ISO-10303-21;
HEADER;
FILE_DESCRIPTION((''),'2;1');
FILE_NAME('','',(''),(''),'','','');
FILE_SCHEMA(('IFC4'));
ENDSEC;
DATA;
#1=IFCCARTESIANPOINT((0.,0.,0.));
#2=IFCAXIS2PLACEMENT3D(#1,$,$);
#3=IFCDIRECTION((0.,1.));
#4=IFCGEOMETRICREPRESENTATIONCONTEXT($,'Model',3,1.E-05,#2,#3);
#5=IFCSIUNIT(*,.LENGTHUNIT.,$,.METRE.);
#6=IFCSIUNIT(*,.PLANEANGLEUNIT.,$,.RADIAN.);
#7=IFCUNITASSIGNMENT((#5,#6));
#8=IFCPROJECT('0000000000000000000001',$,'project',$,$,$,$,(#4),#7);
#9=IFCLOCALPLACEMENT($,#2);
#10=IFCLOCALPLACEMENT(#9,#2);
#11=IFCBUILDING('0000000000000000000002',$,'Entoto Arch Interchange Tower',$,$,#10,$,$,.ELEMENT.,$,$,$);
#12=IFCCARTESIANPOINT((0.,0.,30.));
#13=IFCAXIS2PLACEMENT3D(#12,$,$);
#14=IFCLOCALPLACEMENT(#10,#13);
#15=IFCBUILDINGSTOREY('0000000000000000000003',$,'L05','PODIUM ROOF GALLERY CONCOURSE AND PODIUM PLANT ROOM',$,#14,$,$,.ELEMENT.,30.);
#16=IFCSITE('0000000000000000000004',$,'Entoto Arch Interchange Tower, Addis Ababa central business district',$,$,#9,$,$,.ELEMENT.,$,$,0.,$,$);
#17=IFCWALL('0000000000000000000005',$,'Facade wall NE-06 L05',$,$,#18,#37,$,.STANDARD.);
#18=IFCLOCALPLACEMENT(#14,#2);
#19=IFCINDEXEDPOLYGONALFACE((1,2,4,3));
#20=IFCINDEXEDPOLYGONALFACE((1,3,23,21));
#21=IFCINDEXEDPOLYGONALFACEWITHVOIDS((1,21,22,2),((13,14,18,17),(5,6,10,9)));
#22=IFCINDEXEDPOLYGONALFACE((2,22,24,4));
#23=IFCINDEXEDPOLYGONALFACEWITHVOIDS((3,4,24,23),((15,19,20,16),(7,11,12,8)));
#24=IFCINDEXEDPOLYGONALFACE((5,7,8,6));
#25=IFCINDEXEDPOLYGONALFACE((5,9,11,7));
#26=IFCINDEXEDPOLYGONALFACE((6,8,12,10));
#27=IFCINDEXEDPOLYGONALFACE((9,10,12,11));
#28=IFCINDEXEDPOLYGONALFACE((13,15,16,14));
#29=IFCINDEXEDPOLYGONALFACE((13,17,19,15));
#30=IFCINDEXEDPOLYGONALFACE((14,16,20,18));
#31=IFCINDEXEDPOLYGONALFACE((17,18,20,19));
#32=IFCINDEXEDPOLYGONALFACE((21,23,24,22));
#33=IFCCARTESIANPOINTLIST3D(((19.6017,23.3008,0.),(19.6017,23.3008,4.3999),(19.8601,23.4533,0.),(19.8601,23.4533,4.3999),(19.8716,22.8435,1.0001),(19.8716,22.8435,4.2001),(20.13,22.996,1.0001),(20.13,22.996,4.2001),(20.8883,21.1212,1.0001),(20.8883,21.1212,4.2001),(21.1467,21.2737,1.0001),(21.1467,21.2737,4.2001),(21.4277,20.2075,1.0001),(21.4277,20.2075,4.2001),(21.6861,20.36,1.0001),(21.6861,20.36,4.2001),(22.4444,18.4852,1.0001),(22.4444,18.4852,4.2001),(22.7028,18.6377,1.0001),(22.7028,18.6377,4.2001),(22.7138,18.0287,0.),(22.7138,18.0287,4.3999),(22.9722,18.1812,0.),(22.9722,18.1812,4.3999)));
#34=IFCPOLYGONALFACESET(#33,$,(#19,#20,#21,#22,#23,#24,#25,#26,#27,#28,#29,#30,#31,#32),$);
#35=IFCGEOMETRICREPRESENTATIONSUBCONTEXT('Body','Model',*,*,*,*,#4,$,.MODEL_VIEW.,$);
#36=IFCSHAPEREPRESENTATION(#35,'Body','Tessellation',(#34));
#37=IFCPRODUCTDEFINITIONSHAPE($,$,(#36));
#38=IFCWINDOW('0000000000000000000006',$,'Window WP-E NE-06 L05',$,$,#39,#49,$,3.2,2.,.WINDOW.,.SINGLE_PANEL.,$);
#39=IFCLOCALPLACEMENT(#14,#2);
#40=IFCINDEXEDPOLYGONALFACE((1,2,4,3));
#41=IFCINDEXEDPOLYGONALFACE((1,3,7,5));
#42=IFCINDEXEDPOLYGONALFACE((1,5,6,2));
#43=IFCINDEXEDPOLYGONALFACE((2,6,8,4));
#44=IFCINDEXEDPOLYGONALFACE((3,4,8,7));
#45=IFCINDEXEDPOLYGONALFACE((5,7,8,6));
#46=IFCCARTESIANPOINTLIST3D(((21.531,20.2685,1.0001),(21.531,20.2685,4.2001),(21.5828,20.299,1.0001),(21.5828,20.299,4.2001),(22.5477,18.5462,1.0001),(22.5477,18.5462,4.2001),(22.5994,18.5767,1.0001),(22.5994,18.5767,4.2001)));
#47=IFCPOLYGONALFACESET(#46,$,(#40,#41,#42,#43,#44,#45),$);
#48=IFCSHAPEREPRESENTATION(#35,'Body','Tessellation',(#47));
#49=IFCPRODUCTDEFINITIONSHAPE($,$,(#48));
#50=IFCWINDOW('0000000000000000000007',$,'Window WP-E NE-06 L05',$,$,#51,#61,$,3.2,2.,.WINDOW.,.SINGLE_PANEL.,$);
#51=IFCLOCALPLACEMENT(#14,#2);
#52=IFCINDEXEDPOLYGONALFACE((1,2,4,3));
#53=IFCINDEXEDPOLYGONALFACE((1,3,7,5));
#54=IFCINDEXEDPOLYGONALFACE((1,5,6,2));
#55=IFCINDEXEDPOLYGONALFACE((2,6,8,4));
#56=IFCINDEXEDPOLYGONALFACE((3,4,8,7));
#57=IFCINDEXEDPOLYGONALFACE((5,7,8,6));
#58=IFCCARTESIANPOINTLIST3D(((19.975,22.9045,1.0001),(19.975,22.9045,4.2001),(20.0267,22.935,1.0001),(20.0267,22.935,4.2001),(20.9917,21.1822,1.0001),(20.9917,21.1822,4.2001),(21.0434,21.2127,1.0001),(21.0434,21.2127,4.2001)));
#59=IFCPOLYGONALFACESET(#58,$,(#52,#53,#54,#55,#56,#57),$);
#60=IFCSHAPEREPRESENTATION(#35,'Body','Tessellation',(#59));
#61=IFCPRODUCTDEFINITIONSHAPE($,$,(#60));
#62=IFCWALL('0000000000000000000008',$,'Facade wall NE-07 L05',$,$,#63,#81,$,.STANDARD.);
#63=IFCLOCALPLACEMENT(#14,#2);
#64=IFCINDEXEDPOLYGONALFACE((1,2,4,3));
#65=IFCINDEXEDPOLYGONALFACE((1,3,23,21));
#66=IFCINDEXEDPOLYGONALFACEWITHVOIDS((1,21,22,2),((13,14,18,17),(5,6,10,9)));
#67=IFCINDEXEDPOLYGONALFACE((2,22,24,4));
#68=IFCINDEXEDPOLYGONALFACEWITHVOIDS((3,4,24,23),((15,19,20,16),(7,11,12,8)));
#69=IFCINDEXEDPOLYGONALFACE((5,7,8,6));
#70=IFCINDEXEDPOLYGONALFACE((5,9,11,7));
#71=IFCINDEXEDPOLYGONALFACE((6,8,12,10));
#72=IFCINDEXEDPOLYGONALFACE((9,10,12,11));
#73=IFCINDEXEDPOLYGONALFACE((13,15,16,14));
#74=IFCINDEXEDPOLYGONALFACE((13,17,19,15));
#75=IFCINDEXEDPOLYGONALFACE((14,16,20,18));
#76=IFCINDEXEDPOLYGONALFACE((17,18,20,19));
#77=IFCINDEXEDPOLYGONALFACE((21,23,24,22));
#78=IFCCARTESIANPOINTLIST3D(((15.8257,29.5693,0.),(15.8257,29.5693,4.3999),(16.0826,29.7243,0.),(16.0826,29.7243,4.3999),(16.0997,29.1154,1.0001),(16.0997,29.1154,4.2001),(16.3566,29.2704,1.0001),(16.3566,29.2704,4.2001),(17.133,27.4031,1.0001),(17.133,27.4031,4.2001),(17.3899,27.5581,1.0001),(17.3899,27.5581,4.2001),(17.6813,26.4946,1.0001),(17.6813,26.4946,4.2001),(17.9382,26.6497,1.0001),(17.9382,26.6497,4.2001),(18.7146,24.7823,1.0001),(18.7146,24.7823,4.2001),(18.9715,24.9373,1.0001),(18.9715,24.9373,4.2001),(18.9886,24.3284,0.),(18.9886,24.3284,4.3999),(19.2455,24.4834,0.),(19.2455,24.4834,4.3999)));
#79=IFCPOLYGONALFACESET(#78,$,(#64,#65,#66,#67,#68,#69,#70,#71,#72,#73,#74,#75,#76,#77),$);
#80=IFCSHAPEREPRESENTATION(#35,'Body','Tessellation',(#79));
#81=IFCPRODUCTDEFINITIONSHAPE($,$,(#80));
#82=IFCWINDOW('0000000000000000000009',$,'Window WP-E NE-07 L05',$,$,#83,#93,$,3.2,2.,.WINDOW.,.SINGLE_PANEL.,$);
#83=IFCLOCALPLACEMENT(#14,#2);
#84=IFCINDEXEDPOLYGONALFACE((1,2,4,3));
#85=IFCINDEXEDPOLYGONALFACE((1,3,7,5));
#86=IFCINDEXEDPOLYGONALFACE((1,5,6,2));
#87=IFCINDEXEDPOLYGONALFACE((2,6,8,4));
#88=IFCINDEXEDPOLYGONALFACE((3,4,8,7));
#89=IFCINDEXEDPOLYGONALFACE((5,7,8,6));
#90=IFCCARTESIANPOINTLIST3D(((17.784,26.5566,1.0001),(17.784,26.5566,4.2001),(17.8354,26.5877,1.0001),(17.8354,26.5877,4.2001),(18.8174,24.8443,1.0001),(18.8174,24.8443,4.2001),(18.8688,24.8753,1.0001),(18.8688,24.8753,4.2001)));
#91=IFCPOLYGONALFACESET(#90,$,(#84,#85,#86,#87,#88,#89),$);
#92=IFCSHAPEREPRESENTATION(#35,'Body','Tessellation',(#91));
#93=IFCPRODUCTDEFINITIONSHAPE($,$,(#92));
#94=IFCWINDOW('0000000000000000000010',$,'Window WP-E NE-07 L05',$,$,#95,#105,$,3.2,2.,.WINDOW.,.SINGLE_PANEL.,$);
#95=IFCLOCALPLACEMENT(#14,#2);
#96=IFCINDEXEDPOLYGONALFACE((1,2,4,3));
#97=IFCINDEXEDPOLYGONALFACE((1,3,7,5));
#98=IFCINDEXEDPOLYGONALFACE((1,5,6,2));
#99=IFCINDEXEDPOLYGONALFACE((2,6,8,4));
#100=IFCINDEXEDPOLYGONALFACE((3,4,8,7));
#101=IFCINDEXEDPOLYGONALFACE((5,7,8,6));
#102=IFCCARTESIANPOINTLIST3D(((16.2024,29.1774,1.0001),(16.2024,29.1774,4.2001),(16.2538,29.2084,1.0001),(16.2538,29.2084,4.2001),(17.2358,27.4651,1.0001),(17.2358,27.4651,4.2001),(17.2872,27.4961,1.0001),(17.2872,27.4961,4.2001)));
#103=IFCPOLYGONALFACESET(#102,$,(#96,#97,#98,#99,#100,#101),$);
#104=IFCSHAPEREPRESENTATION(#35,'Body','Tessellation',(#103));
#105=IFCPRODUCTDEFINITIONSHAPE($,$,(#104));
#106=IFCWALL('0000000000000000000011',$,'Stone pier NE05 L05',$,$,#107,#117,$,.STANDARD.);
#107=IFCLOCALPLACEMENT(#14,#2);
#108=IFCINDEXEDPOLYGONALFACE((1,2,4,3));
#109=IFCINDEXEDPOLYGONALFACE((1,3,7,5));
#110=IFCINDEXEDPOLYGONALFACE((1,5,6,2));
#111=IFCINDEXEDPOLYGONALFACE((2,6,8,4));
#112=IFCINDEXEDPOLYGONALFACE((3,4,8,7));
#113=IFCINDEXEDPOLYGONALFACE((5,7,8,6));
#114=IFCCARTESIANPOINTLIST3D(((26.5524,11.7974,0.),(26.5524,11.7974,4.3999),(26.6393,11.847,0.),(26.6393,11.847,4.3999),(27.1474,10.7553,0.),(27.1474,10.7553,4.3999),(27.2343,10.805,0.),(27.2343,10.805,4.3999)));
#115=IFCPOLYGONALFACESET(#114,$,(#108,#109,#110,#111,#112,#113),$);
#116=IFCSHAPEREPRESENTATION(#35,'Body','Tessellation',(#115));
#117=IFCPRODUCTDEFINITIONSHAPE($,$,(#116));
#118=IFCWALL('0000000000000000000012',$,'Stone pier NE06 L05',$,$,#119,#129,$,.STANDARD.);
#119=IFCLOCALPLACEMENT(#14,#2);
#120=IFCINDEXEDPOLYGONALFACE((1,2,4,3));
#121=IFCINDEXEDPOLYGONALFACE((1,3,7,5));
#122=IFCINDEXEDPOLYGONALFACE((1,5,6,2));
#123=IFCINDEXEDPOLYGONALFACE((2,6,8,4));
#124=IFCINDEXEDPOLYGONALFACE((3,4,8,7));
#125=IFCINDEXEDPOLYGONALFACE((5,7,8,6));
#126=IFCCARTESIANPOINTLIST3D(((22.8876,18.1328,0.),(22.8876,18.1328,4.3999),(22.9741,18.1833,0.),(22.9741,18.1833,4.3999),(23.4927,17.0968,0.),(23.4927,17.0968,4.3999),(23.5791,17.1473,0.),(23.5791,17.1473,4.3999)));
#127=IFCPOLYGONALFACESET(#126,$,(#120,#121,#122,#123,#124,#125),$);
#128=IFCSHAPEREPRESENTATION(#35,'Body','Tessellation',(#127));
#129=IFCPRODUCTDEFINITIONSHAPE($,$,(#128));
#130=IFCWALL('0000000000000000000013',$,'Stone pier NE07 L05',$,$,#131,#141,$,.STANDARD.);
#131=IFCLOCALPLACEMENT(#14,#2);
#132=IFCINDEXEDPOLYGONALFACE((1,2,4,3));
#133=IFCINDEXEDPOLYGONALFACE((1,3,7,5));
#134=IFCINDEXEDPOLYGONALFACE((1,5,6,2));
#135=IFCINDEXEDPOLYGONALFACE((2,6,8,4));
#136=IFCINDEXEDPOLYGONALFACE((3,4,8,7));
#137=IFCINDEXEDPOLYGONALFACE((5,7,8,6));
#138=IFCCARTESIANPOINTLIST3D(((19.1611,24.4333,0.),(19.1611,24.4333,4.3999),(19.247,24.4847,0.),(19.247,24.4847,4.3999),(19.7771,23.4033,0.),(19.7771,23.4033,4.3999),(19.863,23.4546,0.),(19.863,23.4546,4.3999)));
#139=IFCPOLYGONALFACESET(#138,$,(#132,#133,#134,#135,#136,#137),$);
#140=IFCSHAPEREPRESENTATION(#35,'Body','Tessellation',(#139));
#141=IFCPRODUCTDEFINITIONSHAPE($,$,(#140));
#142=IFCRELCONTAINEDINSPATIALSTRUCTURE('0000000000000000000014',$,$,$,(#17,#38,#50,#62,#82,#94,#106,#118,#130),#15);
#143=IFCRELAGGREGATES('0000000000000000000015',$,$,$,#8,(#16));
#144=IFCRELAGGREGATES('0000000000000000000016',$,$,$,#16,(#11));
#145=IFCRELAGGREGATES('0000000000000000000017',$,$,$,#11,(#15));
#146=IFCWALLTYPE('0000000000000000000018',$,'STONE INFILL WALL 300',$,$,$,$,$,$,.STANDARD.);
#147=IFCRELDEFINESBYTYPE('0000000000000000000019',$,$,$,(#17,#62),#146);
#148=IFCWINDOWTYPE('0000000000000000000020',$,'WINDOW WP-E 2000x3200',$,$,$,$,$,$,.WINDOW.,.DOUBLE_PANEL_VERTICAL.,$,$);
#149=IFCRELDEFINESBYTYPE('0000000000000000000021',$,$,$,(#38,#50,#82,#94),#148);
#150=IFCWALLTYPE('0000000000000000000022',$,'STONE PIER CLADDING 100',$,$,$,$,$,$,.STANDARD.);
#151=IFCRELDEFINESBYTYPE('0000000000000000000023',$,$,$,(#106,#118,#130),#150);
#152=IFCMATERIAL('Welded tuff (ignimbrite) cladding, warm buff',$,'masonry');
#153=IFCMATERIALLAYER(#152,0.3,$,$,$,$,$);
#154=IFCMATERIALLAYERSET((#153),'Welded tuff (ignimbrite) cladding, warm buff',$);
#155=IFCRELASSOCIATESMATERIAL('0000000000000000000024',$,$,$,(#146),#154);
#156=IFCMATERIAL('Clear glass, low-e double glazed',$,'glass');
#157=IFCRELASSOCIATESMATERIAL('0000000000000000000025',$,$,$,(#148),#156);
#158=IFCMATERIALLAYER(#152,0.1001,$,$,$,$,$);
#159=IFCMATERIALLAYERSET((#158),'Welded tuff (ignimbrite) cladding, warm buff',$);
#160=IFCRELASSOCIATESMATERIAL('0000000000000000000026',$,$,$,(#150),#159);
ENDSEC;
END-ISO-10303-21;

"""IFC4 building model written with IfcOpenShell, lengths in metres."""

from ifc_helpers import new_model, si_unit, direction, frame, frame_2d, origin, place, context, subcontext, project, spatial, rectangle, extrude, material, layer, layer_set, type_object, element, fill, save


model = new_model("IFC4")

# Units and contexts
model_context = context("Model", 3, precision=1e-05, world=origin(), true_north=direction((0.0, 1.0)))
body_context = subcontext(model_context, "Body", "Model", "MODEL_VIEW")
ifc_project = project(units=[si_unit("LENGTHUNIT", "METRE"), si_unit("PLANEANGLEUNIT", "RADIAN")], contexts=[model_context])

# Site, building, storey
site_placement = place(None, origin())
site = spatial("IfcSite", under=ifc_project, at=site_placement, Name="Entoto Arch Interchange Tower, Addis Ababa central business district", CompositionType="ELEMENT", RefElevation=0.0)
building_placement = place(site_placement, origin())
building = spatial("IfcBuilding", under=site, at=building_placement, Name="Entoto Arch Interchange Tower", CompositionType="ELEMENT")
storey_placement = place(building_placement, frame((0.0, 0.0, 30.0)))
storey = spatial("IfcBuildingStorey", under=building, at=storey_placement, Name="L05", Description="PODIUM ROOF GALLERY CONCOURSE AND PODIUM PLANT ROOM", CompositionType="ELEMENT", Elevation=30.0)

# Walls, openings, windows
ifc_material_1 = material(Name="Welded tuff (ignimbrite) cladding, warm buff", Category="masonry")
ifc_layer_1 = layer(ifc_material_1, 0.3)
ifc_layer_set_1 = layer_set([ifc_layer_1], Name="Welded tuff (ignimbrite) cladding, warm buff")
wall_type_1 = type_object("IfcWallType", Name="STONE INFILL WALL 300", PredefinedType="STANDARD", material=ifc_layer_set_1)
ifc_material_2 = material(Name="Clear glass, low-e double glazed", Category="glass")
window_type = type_object("IfcWindowType", Name="WINDOW WP-E 2000x3200", PartitioningType="DOUBLE_PANEL_VERTICAL", PredefinedType="WINDOW", material=ifc_material_2)
wall_1_placement = place(storey_placement, frame((22.843, 18.105, 0.0), z_axis=(0.0, 0.0, 1.0), x_axis=(-0.508342, 0.861155, 0.0)))
wall_1 = element("IfcWall", 1, at=wall_1_placement, inside=storey, type_object=wall_type_1, Name="Facade wall NE-06 L05", PredefinedType="STANDARD", context=body_context, shape_type="SweptSolid", body=[
    extrude(rectangle(XDim=6.1221, YDim=0.3, at=frame_2d((3.061, 0.0))), origin(), (0.0, 0.0, 1.0), 4.3999),
])
opening_1_placement = place(wall_1_placement, frame((0.53, 0.0, 1.0)))
opening_1 = element("IfcOpeningElement", 2, at=opening_1_placement, cuts=wall_1, PredefinedType="OPENING", context=body_context, shape_type="SweptSolid", body=[
    extrude(rectangle(XDim=2.0, YDim=3.2, at=frame_2d((1.0, 1.6001))), frame((0.0, 0.1602, 0.0), z_axis=(0.0, -1.0, 0.0), x_axis=(1.0, 0.0, 0.0)), (0.0, 0.0, 1.0), 0.3201),
])
opening_2_placement = place(wall_1_placement, frame((3.5911, 0.0, 1.0)))
opening_2 = element("IfcOpeningElement", 3, at=opening_2_placement, cuts=wall_1, PredefinedType="OPENING", context=body_context, shape_type="SweptSolid", body=[
    extrude(rectangle(XDim=2.0, YDim=3.2, at=frame_2d((1.0, 1.6001))), frame((0.0, 0.1602, 0.0), z_axis=(0.0, -1.0, 0.0), x_axis=(1.0, 0.0, 0.0)), (0.0, 0.0, 1.0), 0.3201),
])
window_1_placement = place(opening_1_placement, origin())
window_1 = element("IfcWindow", 4, at=window_1_placement, inside=storey, type_object=window_type, Name="Window WP-E NE-06 L05", OverallHeight=3.2, OverallWidth=2.0, PartitioningType="SINGLE_PANEL", PredefinedType="WINDOW", context=body_context, shape_type="SweptSolid", body=[
    extrude(rectangle(XDim=2.0, YDim=3.2, at=frame_2d((1.0, 1.6001))), frame((0.0, 0.03, 0.0), z_axis=(0.0, -1.0, 0.0), x_axis=(1.0, 0.0, 0.0)), (0.0, 0.0, 1.0), 0.0601),
])
fill(opening_1, window_1)
window_2_placement = place(opening_2_placement, origin())
window_2 = element("IfcWindow", 5, at=window_2_placement, inside=storey, type_object=window_type, Name="Window WP-E NE-06 L05", OverallHeight=3.2, OverallWidth=2.0, PartitioningType="SINGLE_PANEL", PredefinedType="WINDOW", context=body_context, shape_type="SweptSolid", body=[
    extrude(rectangle(XDim=2.0, YDim=3.2, at=frame_2d((1.0, 1.6001))), frame((0.0, 0.03, 0.0), z_axis=(0.0, -1.0, 0.0), x_axis=(1.0, 0.0, 0.0)), (0.0, 0.0, 1.0), 0.0601),
])
fill(opening_2, window_2)
wall_2_placement = place(storey_placement, frame((19.1169, 24.406, 0.0), z_axis=(0.0, 0.0, 1.0), x_axis=(-0.516688, 0.856174, 0.0)))
wall_2 = element("IfcWall", 6, at=wall_2_placement, inside=storey, type_object=wall_type_1, Name="Facade wall NE-07 L05", PredefinedType="STANDARD", context=body_context, shape_type="SweptSolid", body=[
    extrude(rectangle(XDim=6.1213, YDim=0.3, at=frame_2d((3.0605, 0.0))), origin(), (0.0, 0.0, 1.0), 4.3999),
])
opening_3_placement = place(wall_2_placement, frame((0.53, 0.0, 1.0)))
opening_3 = element("IfcOpeningElement", 7, at=opening_3_placement, cuts=wall_2, PredefinedType="OPENING", context=body_context, shape_type="SweptSolid", body=[
    extrude(rectangle(XDim=2.0, YDim=3.2, at=frame_2d((1.0, 1.6001))), frame((0.0, 0.1602, 0.0), z_axis=(0.0, -1.0, 0.0), x_axis=(1.0, 0.0, 0.0)), (0.0, 0.0, 1.0), 0.3201),
])
opening_4_placement = place(wall_2_placement, frame((3.5911, 0.0, 1.0)))
opening_4 = element("IfcOpeningElement", 8, at=opening_4_placement, cuts=wall_2, PredefinedType="OPENING", context=body_context, shape_type="SweptSolid", body=[
    extrude(rectangle(XDim=2.0, YDim=3.2, at=frame_2d((1.0, 1.6001))), frame((0.0, 0.1602, 0.0), z_axis=(0.0, -1.0, 0.0), x_axis=(1.0, 0.0, 0.0)), (0.0, 0.0, 1.0), 0.3201),
])
window_3_placement = place(opening_3_placement, origin())
window_3 = element("IfcWindow", 9, at=window_3_placement, inside=storey, type_object=window_type, Name="Window WP-E NE-07 L05", OverallHeight=3.2, OverallWidth=2.0, PartitioningType="SINGLE_PANEL", PredefinedType="WINDOW", context=body_context, shape_type="SweptSolid", body=[
    extrude(rectangle(XDim=2.0, YDim=3.2, at=frame_2d((1.0, 1.6001))), frame((0.0, 0.03, 0.0), z_axis=(0.0, -1.0, 0.0), x_axis=(1.0, 0.0, 0.0)), (0.0, 0.0, 1.0), 0.0601),
])
fill(opening_3, window_3)
window_4_placement = place(opening_4_placement, origin())
window_4 = element("IfcWindow", 10, at=window_4_placement, inside=storey, type_object=window_type, Name="Window WP-E NE-07 L05", OverallHeight=3.2, OverallWidth=2.0, PartitioningType="SINGLE_PANEL", PredefinedType="WINDOW", context=body_context, shape_type="SweptSolid", body=[
    extrude(rectangle(XDim=2.0, YDim=3.2, at=frame_2d((1.0, 1.6001))), frame((0.0, 0.03, 0.0), z_axis=(0.0, -1.0, 0.0), x_axis=(1.0, 0.0, 0.0)), (0.0, 0.0, 1.0), 0.0601),
])
fill(opening_4, window_4)

# Walls
ifc_layer_2 = layer(ifc_material_1, 0.1001)
ifc_layer_set_2 = layer_set([ifc_layer_2], Name="Welded tuff (ignimbrite) cladding, warm buff")
wall_type_2 = type_object("IfcWallType", Name="STONE PIER CLADDING 100", PredefinedType="STANDARD", material=ifc_layer_set_2)
wall_3_placement = place(storey_placement, frame((27.1909, 10.78, 0.0), z_axis=(0.0, 0.0, 1.0), x_axis=(-0.495854, 0.868406, 0.0)))
element("IfcWall", 11, at=wall_3_placement, inside=storey, type_object=wall_type_2, Name="Stone pier NE05 L05", PredefinedType="STANDARD", context=body_context, shape_type="SweptSolid", body=[
    extrude(rectangle(XDim=1.2, YDim=0.1001, at=frame_2d((0.6001, 0.0))), origin(), (0.0, 0.0, 1.0), 4.3999),
])
wall_4_placement = place(storey_placement, frame((23.5359, 17.1221, 0.0), z_axis=(0.0, 0.0, 1.0), x_axis=(-0.504314, 0.86352, 0.0)))
element("IfcWall", 12, at=wall_4_placement, inside=storey, type_object=wall_type_2, Name="Stone pier NE06 L05", PredefinedType="STANDARD", context=body_context, shape_type="SweptSolid", body=[
    extrude(rectangle(XDim=1.1997, YDim=0.1001, at=frame_2d((0.5999, 0.0))), origin(), (0.0, 0.0, 1.0), 4.3999),
])
wall_5_placement = place(storey_placement, frame((19.8201, 23.429, 0.0), z_axis=(0.0, 0.0, 1.0), x_axis=(-0.513239, 0.858246, 0.0)))
element("IfcWall", 13, at=wall_5_placement, inside=storey, type_object=wall_type_2, Name="Stone pier NE07 L05", PredefinedType="STANDARD", context=body_context, shape_type="SweptSolid", body=[
    extrude(rectangle(XDim=1.2002, YDim=0.1001, at=frame_2d((0.6001, 0.0))), origin(), (0.0, 0.0, 1.0), 4.3999),
])

save(model, "model.ifc")
